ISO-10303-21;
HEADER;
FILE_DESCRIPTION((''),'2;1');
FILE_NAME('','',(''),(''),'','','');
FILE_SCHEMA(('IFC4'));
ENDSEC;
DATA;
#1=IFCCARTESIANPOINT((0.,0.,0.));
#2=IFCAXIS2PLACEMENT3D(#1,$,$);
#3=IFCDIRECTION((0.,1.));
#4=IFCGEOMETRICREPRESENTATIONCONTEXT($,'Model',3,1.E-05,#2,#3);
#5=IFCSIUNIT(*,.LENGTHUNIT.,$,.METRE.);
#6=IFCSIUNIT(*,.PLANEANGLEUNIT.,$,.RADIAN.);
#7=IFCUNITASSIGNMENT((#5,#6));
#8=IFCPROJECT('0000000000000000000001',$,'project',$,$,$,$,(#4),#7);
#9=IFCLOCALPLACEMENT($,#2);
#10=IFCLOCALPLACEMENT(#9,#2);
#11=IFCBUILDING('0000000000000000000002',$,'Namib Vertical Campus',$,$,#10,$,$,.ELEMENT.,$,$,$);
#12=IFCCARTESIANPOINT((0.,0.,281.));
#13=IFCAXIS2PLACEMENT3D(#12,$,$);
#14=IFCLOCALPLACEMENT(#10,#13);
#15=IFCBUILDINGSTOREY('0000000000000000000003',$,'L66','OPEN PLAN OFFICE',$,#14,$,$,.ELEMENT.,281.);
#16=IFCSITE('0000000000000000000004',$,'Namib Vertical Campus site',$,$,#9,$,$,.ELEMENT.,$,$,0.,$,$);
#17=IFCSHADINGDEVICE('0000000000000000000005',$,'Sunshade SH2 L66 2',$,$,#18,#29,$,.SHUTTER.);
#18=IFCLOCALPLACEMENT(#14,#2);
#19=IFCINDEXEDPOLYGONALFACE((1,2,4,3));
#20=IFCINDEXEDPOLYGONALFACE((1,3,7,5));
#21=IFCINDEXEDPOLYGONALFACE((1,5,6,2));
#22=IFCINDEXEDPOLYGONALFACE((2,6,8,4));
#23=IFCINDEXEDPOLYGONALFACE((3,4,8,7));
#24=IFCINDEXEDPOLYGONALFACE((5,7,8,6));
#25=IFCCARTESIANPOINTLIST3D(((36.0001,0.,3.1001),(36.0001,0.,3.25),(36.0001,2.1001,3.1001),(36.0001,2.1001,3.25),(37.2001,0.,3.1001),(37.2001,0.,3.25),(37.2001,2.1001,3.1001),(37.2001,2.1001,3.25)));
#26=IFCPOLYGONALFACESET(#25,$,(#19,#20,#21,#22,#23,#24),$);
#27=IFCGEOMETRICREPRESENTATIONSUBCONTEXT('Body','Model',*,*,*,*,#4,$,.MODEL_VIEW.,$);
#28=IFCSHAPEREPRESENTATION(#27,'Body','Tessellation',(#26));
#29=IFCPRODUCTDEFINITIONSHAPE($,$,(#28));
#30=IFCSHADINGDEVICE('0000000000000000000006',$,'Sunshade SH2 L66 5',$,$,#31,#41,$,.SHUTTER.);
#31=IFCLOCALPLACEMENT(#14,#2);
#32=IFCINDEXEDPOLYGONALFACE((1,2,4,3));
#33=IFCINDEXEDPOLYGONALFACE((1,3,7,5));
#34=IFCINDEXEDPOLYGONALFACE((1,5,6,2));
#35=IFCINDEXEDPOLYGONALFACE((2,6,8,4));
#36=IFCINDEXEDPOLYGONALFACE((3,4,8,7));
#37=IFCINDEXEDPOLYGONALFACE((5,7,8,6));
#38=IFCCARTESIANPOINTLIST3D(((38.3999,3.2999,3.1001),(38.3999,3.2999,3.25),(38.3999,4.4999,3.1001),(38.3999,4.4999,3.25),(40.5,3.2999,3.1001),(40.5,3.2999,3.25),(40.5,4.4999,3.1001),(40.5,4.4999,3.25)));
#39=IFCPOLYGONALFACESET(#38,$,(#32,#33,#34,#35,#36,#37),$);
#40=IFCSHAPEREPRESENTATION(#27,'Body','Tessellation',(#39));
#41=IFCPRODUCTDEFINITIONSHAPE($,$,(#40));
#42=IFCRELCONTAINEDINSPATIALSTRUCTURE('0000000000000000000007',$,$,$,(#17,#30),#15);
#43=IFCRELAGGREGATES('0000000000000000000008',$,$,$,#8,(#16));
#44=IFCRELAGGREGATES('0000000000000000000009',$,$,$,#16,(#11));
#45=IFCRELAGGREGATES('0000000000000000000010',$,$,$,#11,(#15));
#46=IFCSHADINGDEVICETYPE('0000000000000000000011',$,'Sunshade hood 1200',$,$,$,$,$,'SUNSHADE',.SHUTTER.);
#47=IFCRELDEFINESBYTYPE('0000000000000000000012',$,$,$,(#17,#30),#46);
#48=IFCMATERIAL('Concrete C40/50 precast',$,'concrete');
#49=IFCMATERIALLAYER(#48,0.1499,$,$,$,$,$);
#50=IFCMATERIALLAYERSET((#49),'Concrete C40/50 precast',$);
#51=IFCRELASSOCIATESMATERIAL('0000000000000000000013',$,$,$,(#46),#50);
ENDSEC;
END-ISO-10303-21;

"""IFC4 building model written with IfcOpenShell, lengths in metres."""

from ifc_helpers import new_model, si_unit, direction, frame, origin, origin_2d, place, context, subcontext, project, spatial, rectangle, extrude, material, layer, layer_set, type_object, element, save


model = new_model("IFC4")

# Units and contexts
model_context = context("Model", 3, precision=1e-05, world=origin(), true_north=direction((0.0, 1.0)))
body_context = subcontext(model_context, "Body", "Model", "MODEL_VIEW")
ifc_project = project(units=[si_unit("LENGTHUNIT", "METRE"), si_unit("PLANEANGLEUNIT", "RADIAN")], contexts=[model_context])

# Site, building, storey
site_placement = place(None, origin())
site = spatial("IfcSite", under=ifc_project, at=site_placement, Name="Namib Vertical Campus site", CompositionType="ELEMENT", RefElevation=0.0)
building_placement = place(site_placement, origin())
building = spatial("IfcBuilding", under=site, at=building_placement, Name="Namib Vertical Campus", CompositionType="ELEMENT")
storey_placement = place(building_placement, frame((0.0, 0.0, 281.0)))
storey = spatial("IfcBuildingStorey", under=building, at=storey_placement, Name="L66", Description="OPEN PLAN OFFICE", CompositionType="ELEMENT", Elevation=281.0)

# Shading devices
ifc_material_1 = material(Name="Concrete C40/50 precast", Category="concrete")
ifc_layer_1 = layer(ifc_material_1, 0.1499)
ifc_layer_set_1 = layer_set([ifc_layer_1], Name="Concrete C40/50 precast")
shading_device_type = type_object("IfcShadingDeviceType", Name="Sunshade hood 1200", ElementType="SUNSHADE", PredefinedType="SHUTTER", material=ifc_layer_set_1)
for number, where, z_axis, x_axis, name in (
    (1, (36.6001, 1.05, 3.1001), (0.0, 0.0, 1.0), (0.0, 1.0, 0.0), "Sunshade SH2 L66 2"),
    (2, (39.45, 3.8999, 3.1001), (0.0, 0.0, 1.0), (1.0, 0.0, 0.0), "Sunshade SH2 L66 5"),
):
    element("IfcShadingDevice", number, at=place(storey_placement, frame(where, z_axis=z_axis, x_axis=x_axis)), inside=storey, type_object=shading_device_type, Name=name, PredefinedType="SHUTTER", context=body_context, shape_type="SweptSolid", body=[
        extrude(rectangle(XDim=2.1001, YDim=1.2, at=origin_2d()), origin(), (0.0, 0.0, 1.0), 0.1499),
    ])

save(model, "model.ifc")
